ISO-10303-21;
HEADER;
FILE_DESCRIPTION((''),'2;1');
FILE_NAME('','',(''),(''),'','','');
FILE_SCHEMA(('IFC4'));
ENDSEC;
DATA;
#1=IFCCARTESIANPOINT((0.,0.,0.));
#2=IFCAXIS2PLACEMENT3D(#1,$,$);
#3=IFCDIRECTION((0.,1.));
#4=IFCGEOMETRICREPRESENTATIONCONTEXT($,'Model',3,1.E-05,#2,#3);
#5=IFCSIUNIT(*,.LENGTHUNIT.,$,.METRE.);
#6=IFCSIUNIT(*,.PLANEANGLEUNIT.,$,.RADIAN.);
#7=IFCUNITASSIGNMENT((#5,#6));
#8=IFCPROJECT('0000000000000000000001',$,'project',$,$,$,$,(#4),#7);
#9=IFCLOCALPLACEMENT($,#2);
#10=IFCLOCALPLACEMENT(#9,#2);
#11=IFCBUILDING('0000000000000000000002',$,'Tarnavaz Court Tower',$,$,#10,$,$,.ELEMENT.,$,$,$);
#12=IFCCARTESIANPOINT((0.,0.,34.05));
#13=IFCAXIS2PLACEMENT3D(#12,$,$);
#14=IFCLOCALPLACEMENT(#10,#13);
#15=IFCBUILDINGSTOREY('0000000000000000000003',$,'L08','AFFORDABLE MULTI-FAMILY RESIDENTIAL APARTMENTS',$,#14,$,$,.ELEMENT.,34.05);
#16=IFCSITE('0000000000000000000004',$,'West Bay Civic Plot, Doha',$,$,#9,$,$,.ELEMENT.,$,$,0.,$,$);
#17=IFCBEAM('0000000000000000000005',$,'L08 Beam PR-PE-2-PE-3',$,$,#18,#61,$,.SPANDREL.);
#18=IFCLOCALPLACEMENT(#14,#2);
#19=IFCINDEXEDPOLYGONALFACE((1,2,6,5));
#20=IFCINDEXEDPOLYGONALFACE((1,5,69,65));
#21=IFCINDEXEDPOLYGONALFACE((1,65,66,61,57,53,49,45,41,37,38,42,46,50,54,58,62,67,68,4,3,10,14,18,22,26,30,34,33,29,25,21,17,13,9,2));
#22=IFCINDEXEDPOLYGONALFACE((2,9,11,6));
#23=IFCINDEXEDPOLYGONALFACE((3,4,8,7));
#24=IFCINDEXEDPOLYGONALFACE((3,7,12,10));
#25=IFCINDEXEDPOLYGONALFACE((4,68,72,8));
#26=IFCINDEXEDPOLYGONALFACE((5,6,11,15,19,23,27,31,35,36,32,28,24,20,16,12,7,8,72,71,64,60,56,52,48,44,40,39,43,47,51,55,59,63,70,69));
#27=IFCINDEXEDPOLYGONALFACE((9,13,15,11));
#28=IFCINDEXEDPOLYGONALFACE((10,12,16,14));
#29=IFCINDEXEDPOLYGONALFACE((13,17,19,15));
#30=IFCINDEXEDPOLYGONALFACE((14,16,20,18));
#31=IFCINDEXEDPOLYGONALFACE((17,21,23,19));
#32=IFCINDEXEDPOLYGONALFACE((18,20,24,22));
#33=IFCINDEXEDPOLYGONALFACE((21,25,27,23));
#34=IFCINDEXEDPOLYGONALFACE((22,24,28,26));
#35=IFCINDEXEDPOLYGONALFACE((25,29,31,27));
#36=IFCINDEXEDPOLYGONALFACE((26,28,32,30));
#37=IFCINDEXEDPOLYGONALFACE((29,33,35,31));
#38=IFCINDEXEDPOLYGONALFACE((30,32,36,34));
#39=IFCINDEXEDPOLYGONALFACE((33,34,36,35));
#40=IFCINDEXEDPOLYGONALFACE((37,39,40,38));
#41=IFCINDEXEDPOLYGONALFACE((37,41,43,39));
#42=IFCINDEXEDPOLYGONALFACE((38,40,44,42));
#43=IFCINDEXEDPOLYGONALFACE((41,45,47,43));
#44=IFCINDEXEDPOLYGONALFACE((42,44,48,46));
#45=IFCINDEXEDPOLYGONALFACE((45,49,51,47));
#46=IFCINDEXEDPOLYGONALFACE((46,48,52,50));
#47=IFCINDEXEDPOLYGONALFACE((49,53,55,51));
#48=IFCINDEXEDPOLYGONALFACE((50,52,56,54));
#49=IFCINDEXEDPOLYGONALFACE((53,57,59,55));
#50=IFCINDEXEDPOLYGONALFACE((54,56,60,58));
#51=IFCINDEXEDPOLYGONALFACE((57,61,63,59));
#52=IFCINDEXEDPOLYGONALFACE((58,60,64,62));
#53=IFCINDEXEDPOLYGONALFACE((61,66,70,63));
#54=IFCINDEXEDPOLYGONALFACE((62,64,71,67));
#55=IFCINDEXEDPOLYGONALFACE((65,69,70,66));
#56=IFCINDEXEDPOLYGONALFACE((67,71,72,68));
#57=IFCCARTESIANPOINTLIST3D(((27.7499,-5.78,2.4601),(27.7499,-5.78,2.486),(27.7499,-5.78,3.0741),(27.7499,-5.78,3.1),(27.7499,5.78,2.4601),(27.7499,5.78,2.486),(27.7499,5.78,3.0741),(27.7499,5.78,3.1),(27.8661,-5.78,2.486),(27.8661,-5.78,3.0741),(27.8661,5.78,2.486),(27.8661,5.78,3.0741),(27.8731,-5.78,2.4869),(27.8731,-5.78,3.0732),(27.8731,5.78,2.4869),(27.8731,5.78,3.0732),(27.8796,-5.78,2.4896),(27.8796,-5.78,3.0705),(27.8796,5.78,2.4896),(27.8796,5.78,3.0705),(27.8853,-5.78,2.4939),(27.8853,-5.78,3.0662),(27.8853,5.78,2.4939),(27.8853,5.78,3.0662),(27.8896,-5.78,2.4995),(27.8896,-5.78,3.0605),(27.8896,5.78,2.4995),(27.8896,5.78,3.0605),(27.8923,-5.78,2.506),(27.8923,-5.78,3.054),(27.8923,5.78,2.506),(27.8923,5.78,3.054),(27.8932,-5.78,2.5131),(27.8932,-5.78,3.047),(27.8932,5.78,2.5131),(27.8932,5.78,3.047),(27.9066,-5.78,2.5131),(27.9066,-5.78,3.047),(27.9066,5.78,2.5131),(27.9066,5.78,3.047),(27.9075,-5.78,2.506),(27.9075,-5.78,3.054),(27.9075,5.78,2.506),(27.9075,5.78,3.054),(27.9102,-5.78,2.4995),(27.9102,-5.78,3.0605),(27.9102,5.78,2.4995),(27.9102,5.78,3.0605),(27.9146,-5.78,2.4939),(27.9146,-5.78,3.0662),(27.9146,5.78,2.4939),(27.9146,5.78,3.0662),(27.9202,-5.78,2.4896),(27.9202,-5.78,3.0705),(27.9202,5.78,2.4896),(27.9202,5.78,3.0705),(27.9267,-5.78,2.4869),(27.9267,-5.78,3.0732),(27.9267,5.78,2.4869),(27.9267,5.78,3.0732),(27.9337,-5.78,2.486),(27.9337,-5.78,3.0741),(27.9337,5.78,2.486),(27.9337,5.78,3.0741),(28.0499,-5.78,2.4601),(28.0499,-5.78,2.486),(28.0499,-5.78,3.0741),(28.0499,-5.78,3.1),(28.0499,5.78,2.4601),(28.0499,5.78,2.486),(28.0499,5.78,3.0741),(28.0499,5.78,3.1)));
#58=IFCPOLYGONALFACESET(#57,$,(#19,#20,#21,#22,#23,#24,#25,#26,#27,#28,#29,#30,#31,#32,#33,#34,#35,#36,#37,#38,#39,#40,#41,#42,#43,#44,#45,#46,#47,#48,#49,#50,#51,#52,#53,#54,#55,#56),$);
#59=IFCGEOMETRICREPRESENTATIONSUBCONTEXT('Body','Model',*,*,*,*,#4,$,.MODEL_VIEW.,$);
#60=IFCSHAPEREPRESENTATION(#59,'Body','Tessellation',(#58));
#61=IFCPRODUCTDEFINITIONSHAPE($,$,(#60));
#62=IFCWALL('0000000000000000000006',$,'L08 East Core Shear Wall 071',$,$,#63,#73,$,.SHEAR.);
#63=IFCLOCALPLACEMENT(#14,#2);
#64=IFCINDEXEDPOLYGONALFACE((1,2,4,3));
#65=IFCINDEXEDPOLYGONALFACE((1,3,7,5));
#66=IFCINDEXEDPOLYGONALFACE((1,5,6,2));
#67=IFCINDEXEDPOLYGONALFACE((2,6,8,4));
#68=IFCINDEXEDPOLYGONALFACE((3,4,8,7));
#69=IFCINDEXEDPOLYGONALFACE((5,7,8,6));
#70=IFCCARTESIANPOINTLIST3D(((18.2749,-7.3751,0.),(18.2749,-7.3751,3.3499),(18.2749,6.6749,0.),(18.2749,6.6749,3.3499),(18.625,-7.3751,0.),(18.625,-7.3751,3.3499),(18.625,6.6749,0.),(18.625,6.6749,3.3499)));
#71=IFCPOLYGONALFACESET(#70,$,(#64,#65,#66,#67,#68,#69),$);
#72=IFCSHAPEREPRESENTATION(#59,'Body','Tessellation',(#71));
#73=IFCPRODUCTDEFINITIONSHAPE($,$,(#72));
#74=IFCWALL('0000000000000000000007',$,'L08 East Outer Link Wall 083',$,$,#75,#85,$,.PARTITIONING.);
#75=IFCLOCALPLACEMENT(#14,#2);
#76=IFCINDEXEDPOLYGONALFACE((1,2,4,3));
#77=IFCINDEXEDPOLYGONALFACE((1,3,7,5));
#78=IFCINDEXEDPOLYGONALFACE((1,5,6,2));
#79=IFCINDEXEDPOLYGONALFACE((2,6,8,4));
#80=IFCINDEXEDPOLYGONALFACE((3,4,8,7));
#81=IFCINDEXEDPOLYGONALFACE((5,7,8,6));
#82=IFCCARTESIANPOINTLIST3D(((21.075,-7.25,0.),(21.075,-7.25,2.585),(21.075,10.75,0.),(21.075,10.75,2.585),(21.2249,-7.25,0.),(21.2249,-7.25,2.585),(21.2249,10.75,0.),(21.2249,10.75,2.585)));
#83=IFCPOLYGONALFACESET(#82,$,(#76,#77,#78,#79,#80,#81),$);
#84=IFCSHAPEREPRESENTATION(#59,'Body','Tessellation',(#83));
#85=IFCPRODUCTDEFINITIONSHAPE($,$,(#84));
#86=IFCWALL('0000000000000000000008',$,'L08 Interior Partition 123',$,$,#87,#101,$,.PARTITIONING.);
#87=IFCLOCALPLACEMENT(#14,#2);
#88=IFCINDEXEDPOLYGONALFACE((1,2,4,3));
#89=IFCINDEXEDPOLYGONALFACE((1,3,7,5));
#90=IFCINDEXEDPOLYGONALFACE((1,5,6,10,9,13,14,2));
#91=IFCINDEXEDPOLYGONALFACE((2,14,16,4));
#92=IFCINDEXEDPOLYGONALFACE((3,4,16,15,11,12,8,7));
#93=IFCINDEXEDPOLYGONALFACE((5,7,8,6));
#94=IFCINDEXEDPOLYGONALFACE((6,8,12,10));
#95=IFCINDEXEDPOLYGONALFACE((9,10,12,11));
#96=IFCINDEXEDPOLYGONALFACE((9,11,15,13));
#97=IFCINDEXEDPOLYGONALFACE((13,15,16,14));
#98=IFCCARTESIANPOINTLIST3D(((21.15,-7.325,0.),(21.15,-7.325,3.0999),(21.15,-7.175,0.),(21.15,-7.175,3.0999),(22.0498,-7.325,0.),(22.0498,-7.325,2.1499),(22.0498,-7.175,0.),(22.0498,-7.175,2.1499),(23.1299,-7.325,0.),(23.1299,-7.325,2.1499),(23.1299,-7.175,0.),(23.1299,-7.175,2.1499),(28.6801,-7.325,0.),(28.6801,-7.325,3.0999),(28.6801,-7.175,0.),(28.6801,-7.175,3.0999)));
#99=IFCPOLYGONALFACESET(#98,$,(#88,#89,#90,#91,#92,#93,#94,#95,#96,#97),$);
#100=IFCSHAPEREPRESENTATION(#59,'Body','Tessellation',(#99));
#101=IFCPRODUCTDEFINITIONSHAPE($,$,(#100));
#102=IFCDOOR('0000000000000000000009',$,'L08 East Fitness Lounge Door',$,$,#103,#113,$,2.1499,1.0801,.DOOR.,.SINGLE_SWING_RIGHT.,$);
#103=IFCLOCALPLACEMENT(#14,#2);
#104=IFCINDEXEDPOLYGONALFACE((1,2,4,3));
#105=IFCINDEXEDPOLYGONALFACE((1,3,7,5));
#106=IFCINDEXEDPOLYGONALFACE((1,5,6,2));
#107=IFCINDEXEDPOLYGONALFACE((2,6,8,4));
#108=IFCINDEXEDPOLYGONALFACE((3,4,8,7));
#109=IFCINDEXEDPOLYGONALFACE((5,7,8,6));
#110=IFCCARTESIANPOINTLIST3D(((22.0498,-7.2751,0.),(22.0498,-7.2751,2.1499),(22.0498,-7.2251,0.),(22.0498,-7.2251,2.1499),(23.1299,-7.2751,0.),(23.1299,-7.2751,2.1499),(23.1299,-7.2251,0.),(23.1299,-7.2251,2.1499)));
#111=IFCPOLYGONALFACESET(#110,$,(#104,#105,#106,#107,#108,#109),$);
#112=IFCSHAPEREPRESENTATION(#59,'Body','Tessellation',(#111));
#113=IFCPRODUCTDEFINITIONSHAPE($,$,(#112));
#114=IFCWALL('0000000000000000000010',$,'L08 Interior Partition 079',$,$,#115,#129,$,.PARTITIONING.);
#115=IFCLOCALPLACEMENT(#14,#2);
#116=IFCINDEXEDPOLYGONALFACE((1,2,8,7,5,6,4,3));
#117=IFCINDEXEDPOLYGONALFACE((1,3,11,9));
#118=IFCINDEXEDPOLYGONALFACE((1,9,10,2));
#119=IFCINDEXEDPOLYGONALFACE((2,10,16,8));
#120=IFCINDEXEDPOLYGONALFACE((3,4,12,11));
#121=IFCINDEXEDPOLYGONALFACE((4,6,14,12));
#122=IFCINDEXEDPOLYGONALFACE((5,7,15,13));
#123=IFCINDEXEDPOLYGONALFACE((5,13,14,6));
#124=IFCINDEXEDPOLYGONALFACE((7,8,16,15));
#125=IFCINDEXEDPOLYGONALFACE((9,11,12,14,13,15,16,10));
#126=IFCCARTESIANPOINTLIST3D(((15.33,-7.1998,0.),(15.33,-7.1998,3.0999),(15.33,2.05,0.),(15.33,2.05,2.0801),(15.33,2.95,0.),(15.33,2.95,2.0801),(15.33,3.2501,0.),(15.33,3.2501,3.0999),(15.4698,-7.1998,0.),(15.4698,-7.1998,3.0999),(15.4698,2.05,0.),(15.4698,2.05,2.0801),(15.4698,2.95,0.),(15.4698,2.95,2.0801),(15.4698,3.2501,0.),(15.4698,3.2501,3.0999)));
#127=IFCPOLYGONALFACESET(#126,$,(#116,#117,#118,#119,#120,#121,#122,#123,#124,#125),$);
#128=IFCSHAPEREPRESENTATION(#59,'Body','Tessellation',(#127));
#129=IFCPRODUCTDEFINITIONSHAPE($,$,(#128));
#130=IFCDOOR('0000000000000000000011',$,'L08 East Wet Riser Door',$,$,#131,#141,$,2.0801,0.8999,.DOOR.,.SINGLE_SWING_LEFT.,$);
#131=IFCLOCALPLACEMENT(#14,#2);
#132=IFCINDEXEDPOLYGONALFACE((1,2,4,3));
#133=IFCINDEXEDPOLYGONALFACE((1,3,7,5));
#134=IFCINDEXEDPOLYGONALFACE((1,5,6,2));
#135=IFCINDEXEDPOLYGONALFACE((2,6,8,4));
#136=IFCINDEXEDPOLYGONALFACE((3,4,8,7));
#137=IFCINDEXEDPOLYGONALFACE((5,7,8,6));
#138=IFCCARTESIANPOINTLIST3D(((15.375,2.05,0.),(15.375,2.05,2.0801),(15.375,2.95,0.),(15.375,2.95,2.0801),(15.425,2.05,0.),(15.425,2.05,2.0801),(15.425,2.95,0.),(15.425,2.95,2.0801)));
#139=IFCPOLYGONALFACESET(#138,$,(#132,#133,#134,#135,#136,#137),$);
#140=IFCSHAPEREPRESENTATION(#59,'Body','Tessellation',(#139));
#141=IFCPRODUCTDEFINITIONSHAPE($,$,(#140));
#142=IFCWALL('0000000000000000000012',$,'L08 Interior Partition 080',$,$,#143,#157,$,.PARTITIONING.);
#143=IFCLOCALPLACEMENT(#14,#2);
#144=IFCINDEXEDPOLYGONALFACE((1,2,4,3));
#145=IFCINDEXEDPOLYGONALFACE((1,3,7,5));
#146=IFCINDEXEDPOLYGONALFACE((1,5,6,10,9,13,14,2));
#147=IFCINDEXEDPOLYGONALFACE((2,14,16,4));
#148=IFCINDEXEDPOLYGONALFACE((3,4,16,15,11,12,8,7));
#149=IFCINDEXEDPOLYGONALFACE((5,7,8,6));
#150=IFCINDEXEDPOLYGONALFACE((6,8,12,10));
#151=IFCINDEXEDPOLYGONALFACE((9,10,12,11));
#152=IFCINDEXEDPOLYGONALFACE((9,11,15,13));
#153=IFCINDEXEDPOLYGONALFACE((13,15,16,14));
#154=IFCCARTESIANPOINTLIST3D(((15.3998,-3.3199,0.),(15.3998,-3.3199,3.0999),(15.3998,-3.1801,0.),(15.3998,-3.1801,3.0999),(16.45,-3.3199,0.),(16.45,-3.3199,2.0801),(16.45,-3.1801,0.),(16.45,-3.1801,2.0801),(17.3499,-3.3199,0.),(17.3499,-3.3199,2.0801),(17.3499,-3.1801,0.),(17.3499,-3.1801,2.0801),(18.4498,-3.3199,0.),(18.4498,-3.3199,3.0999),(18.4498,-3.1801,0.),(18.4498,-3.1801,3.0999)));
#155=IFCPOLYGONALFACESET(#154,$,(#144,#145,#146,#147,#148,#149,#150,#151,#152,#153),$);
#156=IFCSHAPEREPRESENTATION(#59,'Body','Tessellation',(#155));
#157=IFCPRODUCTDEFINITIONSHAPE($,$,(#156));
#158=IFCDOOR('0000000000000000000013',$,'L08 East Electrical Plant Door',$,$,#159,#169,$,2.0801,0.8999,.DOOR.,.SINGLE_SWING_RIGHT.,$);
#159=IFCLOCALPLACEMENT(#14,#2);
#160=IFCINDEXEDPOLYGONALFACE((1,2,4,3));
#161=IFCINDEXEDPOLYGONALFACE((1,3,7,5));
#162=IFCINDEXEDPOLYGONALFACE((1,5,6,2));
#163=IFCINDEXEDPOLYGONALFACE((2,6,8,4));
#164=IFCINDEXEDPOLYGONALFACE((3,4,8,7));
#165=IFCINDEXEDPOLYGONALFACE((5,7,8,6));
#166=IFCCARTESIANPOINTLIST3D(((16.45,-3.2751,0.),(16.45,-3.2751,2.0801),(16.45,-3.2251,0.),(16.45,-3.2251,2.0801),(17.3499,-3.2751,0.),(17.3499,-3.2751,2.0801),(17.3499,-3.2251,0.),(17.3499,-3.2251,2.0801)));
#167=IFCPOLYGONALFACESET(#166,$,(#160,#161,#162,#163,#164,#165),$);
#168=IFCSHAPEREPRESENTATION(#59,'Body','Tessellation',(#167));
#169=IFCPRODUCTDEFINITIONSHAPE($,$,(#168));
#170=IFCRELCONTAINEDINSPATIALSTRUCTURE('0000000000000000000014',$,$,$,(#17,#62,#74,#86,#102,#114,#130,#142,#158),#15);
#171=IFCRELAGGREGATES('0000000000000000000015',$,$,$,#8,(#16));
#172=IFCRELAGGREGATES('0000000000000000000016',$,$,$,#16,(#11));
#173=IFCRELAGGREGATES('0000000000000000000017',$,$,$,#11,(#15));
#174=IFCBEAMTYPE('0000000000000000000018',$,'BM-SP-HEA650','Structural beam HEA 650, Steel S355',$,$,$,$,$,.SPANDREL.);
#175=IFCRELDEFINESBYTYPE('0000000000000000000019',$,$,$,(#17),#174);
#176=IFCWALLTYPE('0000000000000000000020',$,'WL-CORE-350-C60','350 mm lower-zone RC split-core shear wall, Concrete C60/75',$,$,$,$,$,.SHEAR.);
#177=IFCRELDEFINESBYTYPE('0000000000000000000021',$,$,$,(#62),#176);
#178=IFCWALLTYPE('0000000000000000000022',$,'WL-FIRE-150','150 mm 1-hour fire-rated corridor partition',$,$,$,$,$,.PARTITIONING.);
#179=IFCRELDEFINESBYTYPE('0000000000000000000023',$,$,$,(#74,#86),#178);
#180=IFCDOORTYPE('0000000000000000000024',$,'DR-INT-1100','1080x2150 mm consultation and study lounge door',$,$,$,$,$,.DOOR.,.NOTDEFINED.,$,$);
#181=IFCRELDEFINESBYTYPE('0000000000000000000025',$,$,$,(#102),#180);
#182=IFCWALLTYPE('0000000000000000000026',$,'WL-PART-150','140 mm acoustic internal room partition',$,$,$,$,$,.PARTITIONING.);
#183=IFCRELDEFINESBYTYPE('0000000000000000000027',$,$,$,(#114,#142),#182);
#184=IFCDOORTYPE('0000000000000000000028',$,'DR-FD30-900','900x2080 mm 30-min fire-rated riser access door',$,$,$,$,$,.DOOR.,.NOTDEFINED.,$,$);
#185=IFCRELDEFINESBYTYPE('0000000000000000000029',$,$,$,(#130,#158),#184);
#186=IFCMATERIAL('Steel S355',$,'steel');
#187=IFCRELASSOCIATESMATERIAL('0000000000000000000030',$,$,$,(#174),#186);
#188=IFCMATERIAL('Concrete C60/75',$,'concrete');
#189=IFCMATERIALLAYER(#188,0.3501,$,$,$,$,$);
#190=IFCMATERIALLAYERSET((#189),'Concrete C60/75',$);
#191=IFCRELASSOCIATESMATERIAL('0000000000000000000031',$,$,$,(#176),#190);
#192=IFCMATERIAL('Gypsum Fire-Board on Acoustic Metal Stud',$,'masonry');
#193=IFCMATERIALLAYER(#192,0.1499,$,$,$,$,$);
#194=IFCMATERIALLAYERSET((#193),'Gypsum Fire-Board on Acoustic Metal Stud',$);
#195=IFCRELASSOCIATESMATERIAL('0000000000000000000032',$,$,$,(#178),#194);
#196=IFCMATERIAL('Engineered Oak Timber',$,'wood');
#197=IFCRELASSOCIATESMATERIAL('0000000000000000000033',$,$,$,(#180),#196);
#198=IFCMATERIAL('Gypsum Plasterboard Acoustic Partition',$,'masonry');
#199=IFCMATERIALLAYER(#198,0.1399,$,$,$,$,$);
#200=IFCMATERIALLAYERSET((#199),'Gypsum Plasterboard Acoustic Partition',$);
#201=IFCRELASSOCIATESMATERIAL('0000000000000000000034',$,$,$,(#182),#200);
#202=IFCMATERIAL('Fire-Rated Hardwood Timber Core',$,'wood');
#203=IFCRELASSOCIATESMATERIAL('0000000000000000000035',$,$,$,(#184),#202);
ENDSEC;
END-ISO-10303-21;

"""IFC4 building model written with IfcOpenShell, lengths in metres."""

from ifc_helpers import new_model, si_unit, direction, frame, frame_2d, origin, origin_2d, place, context, subcontext, project, spatial, rectangle, i_section, extrude, material, layer, layer_set, material_profile, profile_set, type_object, element, fill, save


model = new_model("IFC4")

# Units and contexts
model_context = context("Model", 3, precision=1e-05, world=origin(), true_north=direction((0.0, 1.0)))
body_context = subcontext(model_context, "Body", "Model", "MODEL_VIEW")
ifc_project = project(units=[si_unit("LENGTHUNIT", "METRE"), si_unit("PLANEANGLEUNIT", "RADIAN")], contexts=[model_context])

# Site, building, storey
site_placement = place(None, origin())
site = spatial("IfcSite", under=ifc_project, at=site_placement, Name="West Bay Civic Plot, Doha", CompositionType="ELEMENT", RefElevation=0.0)
building_placement = place(site_placement, origin())
building = spatial("IfcBuilding", under=site, at=building_placement, Name="Tarnavaz Court Tower", CompositionType="ELEMENT")
storey_placement = place(building_placement, frame((0.0, 0.0, 34.05)))
storey = spatial("IfcBuildingStorey", under=building, at=storey_placement, Name="L08", Description="AFFORDABLE MULTI-FAMILY RESIDENTIAL APARTMENTS", CompositionType="ELEMENT", Elevation=34.05)

# Shared definitions
ifc_material_1 = material(Name="Concrete C60/75", Category="concrete")

# Beam
ifc_material_2 = material(Name="Steel S355", Category="steel")
ifc_material_profile_1 = material_profile(ifc_material_2, i_section(OverallWidth=0.3, OverallDepth=0.6399, WebThickness=0.0134, FlangeThickness=0.0259, FilletRadius=0.0271, at=origin_2d()), Name="HEA 650")
ifc_profile_set_1 = profile_set([ifc_material_profile_1], Name="Steel S355")
beam_type_1 = type_object("IfcBeamType", Name="BM-SP-HEA650", Description="Structural beam HEA 650, Steel S355", PredefinedType="SPANDREL", material=ifc_profile_set_1)
beam_1_placement = place(storey_placement, frame((27.8999, -5.78, 2.78), z_axis=(0.0, 1.0, 0.0), x_axis=(-1.0, 0.0, 0.0)))
element("IfcBeam", 1, at=beam_1_placement, inside=storey, type_object=beam_type_1, Name="L08 Beam PR-PE-2-PE-3", PredefinedType="SPANDREL", context=body_context, shape_type="SweptSolid", body=[
    extrude(i_section(OverallWidth=0.3, OverallDepth=0.6399, WebThickness=0.0134, FlangeThickness=0.0259, FilletRadius=0.0271, at=origin_2d()), origin(), (0.0, 0.0, 1.0), 11.5601),
])

# Walls
ifc_layer_1 = layer(ifc_material_1, 0.3501)
ifc_layer_set_1 = layer_set([ifc_layer_1], Name="Concrete C60/75")
wall_type_1 = type_object("IfcWallType", Name="WL-CORE-350-C60", Description="350 mm lower-zone RC split-core shear wall, Concrete C60/75", PredefinedType="SHEAR", material=ifc_layer_set_1)
wall_1_placement = place(storey_placement, frame((18.45, -7.375, 0.0), z_axis=(0.0, 0.0, 1.0), x_axis=(0.0, 1.0, 0.0)))
element("IfcWall", 2, at=wall_1_placement, inside=storey, type_object=wall_type_1, Name="L08 East Core Shear Wall 071", PredefinedType="SHEAR", context=body_context, shape_type="SweptSolid", body=[
    extrude(rectangle(XDim=14.05, YDim=0.3501, at=frame_2d((7.0249, 0.0))), origin(), (0.0, 0.0, 1.0), 3.3499),
])
ifc_material_3 = material(Name="Gypsum Fire-Board on Acoustic Metal Stud", Category="masonry")
ifc_layer_2 = layer(ifc_material_3, 0.1499)
ifc_layer_set_2 = layer_set([ifc_layer_2], Name="Gypsum Fire-Board on Acoustic Metal Stud")
wall_type_2 = type_object("IfcWallType", Name="WL-FIRE-150", Description="150 mm 1-hour fire-rated corridor partition", PredefinedType="PARTITIONING", material=ifc_layer_set_2)
wall_2_placement = place(storey_placement, frame((21.1499, -7.25, 0.0), z_axis=(0.0, 0.0, 1.0), x_axis=(0.0, 1.0, 0.0)))
element("IfcWall", 3, at=wall_2_placement, inside=storey, type_object=wall_type_2, Name="L08 East Outer Link Wall 083", PredefinedType="PARTITIONING", context=body_context, shape_type="SweptSolid", body=[
    extrude(rectangle(XDim=18.0, YDim=0.1499, at=frame_2d((9.0, 0.0))), origin(), (0.0, 0.0, 1.0), 2.585),
])

# Walls, openings, doors
wall_3_placement = place(storey_placement, frame((21.1499, -7.25, 0.0), z_axis=(0.0, 0.0, 1.0), x_axis=(1.0, 0.0, 0.0)))
wall_3 = element("IfcWall", 4, at=wall_3_placement, inside=storey, type_object=wall_type_2, Name="L08 Interior Partition 123", PredefinedType="PARTITIONING", context=body_context, shape_type="SweptSolid", body=[
    extrude(rectangle(XDim=7.53, YDim=0.1499, at=frame_2d((3.7651, 0.0))), origin(), (0.0, 0.0, 1.0), 3.0999),
])
opening_1_placement = place(wall_3_placement, frame((0.8999, 0.0, 0.0)))
opening_1 = element("IfcOpeningElement", 5, at=opening_1_placement, cuts=wall_3, PredefinedType="OPENING", context=body_context, shape_type="SweptSolid", body=[
    extrude(rectangle(XDim=1.0801, YDim=2.1499, at=frame_2d((0.54, 1.075))), frame((0.0, 0.085, 0.0), z_axis=(0.0, -1.0, 0.0), x_axis=(1.0, 0.0, 0.0)), (0.0, 0.0, 1.0), 0.1699),
])
ifc_material_4 = material(Name="Engineered Oak Timber", Category="wood")
door_type_1 = type_object("IfcDoorType", Name="DR-INT-1100", Description="1080x2150 mm consultation and study lounge door", OperationType="NOTDEFINED", PredefinedType="DOOR", material=ifc_material_4)
door_1_placement = place(opening_1_placement, origin())
door_1 = element("IfcDoor", 6, at=door_1_placement, inside=storey, type_object=door_type_1, Name="L08 East Fitness Lounge Door", OperationType="SINGLE_SWING_RIGHT", OverallHeight=2.1499, OverallWidth=1.0801, PredefinedType="DOOR", context=body_context, shape_type="SweptSolid", body=[
    extrude(rectangle(XDim=1.0801, YDim=2.1499, at=frame_2d((0.54, 1.075))), frame((0.0, 0.0249, 0.0), z_axis=(0.0, -1.0, 0.0), x_axis=(1.0, 0.0, 0.0)), (0.0, 0.0, 1.0), 0.05),
])
fill(opening_1, door_1)
ifc_material_5 = material(Name="Gypsum Plasterboard Acoustic Partition", Category="masonry")
ifc_layer_3 = layer(ifc_material_5, 0.1399)
ifc_layer_set_3 = layer_set([ifc_layer_3], Name="Gypsum Plasterboard Acoustic Partition")
wall_type_3 = type_object("IfcWallType", Name="WL-PART-150", Description="140 mm acoustic internal room partition", PredefinedType="PARTITIONING", material=ifc_layer_set_3)
wall_4_placement = place(storey_placement, frame((15.3999, -7.2, 0.0), z_axis=(0.0, 0.0, 1.0), x_axis=(0.0, 1.0, 0.0)))
wall_4 = element("IfcWall", 7, at=wall_4_placement, inside=storey, type_object=wall_type_3, Name="L08 Interior Partition 079", PredefinedType="PARTITIONING", context=body_context, shape_type="SweptSolid", body=[
    extrude(rectangle(XDim=10.45, YDim=0.1399, at=frame_2d((5.2251, 0.0))), origin(), (0.0, 0.0, 1.0), 3.0999),
])
opening_2_placement = place(wall_4_placement, frame((9.25, 0.0, 0.0)))
opening_2 = element("IfcOpeningElement", 8, at=opening_2_placement, cuts=wall_4, PredefinedType="OPENING", context=body_context, shape_type="SweptSolid", body=[
    extrude(rectangle(XDim=0.8999, YDim=2.0801, at=frame_2d((0.45, 1.04))), frame((0.0, 0.0798, 0.0), z_axis=(0.0, -1.0, 0.0), x_axis=(1.0, 0.0, 0.0)), (0.0, 0.0, 1.0), 0.1599),
])
ifc_material_6 = material(Name="Fire-Rated Hardwood Timber Core", Category="wood")
door_type_2 = type_object("IfcDoorType", Name="DR-FD30-900", Description="900x2080 mm 30-min fire-rated riser access door", OperationType="NOTDEFINED", PredefinedType="DOOR", material=ifc_material_6)
door_2_placement = place(opening_2_placement, origin())
door_2 = element("IfcDoor", 9, at=door_2_placement, inside=storey, type_object=door_type_2, Name="L08 East Wet Riser Door", OperationType="SINGLE_SWING_LEFT", OverallHeight=2.0801, OverallWidth=0.8999, PredefinedType="DOOR", context=body_context, shape_type="SweptSolid", body=[
    extrude(rectangle(XDim=0.8999, YDim=2.0801, at=frame_2d((0.45, 1.04))), frame((0.0, 0.0249, 0.0), z_axis=(0.0, -1.0, 0.0), x_axis=(1.0, 0.0, 0.0)), (0.0, 0.0, 1.0), 0.05),
])
fill(opening_2, door_2)
wall_5_placement = place(storey_placement, frame((15.3999, -3.25, 0.0), z_axis=(0.0, 0.0, 1.0), x_axis=(1.0, 0.0, 0.0)))
wall_5 = element("IfcWall", 10, at=wall_5_placement, inside=storey, type_object=wall_type_3, Name="L08 Interior Partition 080", PredefinedType="PARTITIONING", context=body_context, shape_type="SweptSolid", body=[
    extrude(rectangle(XDim=3.05, YDim=0.1399, at=frame_2d((1.5249, 0.0))), origin(), (0.0, 0.0, 1.0), 3.0999),
])
opening_3_placement = place(wall_5_placement, frame((1.05, 0.0, 0.0)))
opening_3 = element("IfcOpeningElement", 11, at=opening_3_placement, cuts=wall_5, PredefinedType="OPENING", context=body_context, shape_type="SweptSolid", body=[
    extrude(rectangle(XDim=0.8999, YDim=2.0801, at=frame_2d((0.45, 1.04))), frame((0.0, 0.0798, 0.0), z_axis=(0.0, -1.0, 0.0), x_axis=(1.0, 0.0, 0.0)), (0.0, 0.0, 1.0), 0.1599),
])
door_3_placement = place(opening_3_placement, origin())
door_3 = element("IfcDoor", 12, at=door_3_placement, inside=storey, type_object=door_type_2, Name="L08 East Electrical Plant Door", OperationType="SINGLE_SWING_RIGHT", OverallHeight=2.0801, OverallWidth=0.8999, PredefinedType="DOOR", context=body_context, shape_type="SweptSolid", body=[
    extrude(rectangle(XDim=0.8999, YDim=2.0801, at=frame_2d((0.45, 1.04))), frame((0.0, 0.0249, 0.0), z_axis=(0.0, -1.0, 0.0), x_axis=(1.0, 0.0, 0.0)), (0.0, 0.0, 1.0), 0.05),
])
fill(opening_3, door_3)

save(model, "model.ifc")
